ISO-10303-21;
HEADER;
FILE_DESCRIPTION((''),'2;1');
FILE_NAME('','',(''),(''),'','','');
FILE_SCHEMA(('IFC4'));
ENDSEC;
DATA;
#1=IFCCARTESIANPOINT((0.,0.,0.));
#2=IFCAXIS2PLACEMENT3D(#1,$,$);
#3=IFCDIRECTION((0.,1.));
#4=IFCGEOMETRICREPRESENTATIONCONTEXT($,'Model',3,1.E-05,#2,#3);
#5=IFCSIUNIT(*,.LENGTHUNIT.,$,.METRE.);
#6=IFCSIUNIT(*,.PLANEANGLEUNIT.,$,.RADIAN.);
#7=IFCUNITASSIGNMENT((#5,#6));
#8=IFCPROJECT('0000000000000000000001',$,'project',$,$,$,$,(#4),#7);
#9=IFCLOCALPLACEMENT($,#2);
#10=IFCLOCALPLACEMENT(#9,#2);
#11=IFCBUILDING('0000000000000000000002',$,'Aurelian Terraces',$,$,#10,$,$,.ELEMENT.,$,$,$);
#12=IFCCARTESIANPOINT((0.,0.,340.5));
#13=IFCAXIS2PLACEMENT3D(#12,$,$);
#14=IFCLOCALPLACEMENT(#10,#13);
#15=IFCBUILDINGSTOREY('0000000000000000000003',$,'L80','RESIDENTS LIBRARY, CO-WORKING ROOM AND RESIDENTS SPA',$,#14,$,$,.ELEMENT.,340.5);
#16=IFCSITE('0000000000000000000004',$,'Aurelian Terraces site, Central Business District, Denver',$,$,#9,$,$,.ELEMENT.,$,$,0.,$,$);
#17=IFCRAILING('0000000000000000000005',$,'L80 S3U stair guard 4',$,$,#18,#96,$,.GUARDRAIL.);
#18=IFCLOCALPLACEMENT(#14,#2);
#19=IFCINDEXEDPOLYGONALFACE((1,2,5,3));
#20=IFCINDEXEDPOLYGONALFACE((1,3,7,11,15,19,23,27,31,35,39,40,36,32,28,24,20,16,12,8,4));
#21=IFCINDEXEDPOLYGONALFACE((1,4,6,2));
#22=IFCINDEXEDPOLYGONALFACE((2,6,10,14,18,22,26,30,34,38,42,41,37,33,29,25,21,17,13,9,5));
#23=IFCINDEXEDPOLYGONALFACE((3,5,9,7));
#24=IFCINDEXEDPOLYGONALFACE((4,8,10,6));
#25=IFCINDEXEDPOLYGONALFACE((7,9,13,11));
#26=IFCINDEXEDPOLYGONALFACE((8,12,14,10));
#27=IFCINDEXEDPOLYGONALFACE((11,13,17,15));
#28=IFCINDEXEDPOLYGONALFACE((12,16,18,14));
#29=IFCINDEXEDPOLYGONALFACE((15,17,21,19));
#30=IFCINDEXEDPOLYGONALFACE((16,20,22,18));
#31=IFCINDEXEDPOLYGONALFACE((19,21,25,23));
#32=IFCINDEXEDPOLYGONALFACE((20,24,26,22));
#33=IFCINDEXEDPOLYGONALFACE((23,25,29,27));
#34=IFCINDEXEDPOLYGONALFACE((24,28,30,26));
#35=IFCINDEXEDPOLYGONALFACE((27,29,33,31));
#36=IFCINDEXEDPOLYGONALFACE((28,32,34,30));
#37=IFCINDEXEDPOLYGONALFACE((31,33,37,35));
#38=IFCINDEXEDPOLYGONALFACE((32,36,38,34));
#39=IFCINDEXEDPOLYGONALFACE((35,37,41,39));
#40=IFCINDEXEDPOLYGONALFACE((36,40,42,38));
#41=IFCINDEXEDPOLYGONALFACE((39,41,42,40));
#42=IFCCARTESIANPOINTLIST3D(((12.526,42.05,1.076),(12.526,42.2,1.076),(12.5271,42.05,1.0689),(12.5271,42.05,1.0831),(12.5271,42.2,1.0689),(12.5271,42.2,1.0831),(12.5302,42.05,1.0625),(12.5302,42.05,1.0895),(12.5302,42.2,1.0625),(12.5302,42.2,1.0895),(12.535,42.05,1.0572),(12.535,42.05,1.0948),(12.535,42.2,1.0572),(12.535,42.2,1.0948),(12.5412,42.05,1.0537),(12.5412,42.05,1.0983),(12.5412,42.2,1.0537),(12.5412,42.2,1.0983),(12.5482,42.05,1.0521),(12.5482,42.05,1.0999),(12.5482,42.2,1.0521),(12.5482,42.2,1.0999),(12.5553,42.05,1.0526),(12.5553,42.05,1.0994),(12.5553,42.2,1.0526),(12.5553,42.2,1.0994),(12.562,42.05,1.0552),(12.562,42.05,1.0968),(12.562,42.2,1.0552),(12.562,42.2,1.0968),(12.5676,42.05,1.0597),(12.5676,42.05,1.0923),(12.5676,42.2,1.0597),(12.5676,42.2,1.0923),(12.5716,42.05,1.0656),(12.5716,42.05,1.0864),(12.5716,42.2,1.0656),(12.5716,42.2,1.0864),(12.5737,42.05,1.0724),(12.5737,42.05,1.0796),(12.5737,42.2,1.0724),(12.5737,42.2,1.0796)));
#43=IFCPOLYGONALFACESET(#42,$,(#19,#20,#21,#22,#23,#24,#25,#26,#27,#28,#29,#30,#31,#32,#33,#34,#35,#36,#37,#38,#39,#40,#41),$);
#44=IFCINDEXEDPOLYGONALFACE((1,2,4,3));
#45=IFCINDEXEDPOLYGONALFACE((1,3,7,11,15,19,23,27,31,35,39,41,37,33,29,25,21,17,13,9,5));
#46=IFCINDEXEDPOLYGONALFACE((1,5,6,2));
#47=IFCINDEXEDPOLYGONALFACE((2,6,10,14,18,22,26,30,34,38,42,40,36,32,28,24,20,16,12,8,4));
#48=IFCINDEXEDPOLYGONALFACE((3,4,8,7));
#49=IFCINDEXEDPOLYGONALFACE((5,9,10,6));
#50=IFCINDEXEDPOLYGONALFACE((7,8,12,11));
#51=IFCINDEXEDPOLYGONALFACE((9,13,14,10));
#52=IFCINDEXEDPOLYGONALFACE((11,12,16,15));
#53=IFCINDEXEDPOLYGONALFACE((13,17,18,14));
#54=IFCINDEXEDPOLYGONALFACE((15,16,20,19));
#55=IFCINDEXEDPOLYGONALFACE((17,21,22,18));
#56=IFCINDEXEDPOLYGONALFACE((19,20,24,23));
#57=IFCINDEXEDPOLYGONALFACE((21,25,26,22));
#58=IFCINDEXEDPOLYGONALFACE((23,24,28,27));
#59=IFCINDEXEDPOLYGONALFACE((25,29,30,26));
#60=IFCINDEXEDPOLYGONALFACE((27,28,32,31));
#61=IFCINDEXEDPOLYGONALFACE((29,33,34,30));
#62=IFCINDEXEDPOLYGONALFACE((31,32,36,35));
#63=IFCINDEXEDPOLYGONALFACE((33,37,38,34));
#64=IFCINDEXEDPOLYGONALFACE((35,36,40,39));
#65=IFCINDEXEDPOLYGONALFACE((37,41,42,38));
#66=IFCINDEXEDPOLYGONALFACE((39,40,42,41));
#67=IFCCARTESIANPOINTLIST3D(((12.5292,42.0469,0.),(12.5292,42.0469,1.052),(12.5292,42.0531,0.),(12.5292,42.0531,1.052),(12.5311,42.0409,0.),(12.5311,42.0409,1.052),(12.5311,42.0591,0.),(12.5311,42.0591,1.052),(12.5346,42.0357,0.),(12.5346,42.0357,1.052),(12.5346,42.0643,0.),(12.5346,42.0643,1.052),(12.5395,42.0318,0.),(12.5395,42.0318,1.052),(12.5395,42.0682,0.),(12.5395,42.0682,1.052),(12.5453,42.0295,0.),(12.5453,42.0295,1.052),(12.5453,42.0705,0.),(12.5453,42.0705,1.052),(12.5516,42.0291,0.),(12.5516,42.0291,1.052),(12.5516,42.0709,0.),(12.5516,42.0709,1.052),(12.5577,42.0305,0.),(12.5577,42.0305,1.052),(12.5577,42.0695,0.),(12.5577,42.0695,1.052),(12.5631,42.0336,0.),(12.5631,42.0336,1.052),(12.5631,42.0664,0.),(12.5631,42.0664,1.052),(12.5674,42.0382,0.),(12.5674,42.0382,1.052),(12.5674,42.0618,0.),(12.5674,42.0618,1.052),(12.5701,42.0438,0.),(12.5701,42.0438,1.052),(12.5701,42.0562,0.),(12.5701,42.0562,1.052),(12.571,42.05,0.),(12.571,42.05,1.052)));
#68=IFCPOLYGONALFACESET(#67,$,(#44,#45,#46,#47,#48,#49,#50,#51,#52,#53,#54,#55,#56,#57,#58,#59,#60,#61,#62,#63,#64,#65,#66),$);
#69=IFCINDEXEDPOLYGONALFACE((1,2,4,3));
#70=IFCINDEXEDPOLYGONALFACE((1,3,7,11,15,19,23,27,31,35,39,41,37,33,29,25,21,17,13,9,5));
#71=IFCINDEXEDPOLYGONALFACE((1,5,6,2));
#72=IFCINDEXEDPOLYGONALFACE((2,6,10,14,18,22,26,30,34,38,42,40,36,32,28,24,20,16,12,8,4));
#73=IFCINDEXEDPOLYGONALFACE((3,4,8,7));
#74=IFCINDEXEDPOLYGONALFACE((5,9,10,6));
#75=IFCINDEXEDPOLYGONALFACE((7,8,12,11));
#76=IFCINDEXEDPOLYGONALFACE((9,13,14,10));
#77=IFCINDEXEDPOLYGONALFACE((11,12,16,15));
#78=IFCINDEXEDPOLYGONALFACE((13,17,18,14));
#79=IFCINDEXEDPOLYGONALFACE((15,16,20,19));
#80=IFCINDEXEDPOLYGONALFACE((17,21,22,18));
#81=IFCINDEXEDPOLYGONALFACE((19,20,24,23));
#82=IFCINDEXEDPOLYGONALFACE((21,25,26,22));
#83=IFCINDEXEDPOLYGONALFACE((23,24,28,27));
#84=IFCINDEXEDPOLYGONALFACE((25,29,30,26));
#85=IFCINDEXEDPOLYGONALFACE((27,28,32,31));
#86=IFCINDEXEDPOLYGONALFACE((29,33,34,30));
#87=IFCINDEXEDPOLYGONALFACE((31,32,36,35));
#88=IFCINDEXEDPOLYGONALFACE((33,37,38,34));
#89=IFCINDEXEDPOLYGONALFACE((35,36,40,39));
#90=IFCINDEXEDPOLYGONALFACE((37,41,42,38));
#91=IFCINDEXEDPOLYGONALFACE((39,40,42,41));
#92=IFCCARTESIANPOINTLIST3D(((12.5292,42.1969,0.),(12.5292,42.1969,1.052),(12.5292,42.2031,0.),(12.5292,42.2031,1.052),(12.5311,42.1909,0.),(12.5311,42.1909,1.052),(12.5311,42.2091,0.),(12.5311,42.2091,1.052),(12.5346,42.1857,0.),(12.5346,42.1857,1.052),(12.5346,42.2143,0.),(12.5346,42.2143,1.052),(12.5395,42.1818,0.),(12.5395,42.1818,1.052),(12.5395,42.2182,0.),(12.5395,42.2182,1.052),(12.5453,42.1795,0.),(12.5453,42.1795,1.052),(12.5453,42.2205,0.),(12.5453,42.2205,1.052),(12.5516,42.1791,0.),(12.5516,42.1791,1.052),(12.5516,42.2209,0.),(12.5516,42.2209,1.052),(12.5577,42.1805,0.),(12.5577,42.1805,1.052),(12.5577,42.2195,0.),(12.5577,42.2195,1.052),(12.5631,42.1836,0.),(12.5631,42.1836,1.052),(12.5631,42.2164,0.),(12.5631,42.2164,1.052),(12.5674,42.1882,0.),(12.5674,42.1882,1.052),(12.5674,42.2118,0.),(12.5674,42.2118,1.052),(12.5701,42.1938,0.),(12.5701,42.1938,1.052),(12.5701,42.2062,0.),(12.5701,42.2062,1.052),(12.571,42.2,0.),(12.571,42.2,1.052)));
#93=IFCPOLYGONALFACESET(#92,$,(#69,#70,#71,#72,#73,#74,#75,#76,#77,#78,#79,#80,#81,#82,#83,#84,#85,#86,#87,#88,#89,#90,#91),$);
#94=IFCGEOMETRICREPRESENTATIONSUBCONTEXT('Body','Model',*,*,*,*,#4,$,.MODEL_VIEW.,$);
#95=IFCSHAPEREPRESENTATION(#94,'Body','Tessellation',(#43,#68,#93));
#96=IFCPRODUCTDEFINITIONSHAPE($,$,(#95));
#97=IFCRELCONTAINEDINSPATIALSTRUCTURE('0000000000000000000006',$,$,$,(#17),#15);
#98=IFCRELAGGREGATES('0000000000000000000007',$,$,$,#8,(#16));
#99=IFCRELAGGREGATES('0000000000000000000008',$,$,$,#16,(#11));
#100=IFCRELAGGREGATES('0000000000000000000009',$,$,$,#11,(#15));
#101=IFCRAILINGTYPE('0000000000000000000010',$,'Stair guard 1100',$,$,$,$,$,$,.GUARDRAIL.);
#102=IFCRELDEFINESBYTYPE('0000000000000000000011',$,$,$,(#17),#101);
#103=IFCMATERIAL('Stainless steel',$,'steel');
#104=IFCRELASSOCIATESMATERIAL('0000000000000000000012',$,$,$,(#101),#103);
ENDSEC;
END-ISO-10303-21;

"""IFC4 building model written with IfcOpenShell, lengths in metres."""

from ifc_helpers import new_model, si_unit, direction, frame, origin, origin_2d, place, context, subcontext, project, spatial, circle, extrude, source, transform, mapped, material, type_object, element, save


model = new_model("IFC4")

# Units and contexts
model_context = context("Model", 3, precision=1e-05, world=origin(), true_north=direction((0.0, 1.0)))
body_context = subcontext(model_context, "Body", "Model", "MODEL_VIEW")
ifc_project = project(units=[si_unit("LENGTHUNIT", "METRE"), si_unit("PLANEANGLEUNIT", "RADIAN")], contexts=[model_context])

# Site, building, storey
site_placement = place(None, origin())
site = spatial("IfcSite", under=ifc_project, at=site_placement, Name="Aurelian Terraces site, Central Business District, Denver", CompositionType="ELEMENT", RefElevation=0.0)
building_placement = place(site_placement, origin())
building = spatial("IfcBuilding", under=site, at=building_placement, Name="Aurelian Terraces", CompositionType="ELEMENT")
storey_placement = place(building_placement, frame((0.0, 0.0, 340.5)))
storey = spatial("IfcBuildingStorey", under=building, at=storey_placement, Name="L80", Description="RESIDENTS LIBRARY, CO-WORKING ROOM AND RESIDENTS SPA", CompositionType="ELEMENT", Elevation=340.5)

# Railing
ifc_material_1 = material(Name="Stainless steel", Category="steel")
railing_type_1 = type_object("IfcRailingType", Name="Stair guard 1100", PredefinedType="GUARDRAIL", material=ifc_material_1)
shared_shape_1 = source(origin(), body_context, "Body", "SweptSolid", [
    extrude(circle(Radius=0.024, at=origin_2d()), frame((0.0, 0.0, 1.076), z_axis=(0.0, 1.0, 0.0), x_axis=(-1.0, 0.0, 0.0)), (0.0, 0.0, 1.0), 0.15),
    extrude(circle(Radius=0.021, at=origin_2d()), origin(), (0.0, 0.0, 1.0), 1.052),
    extrude(circle(Radius=0.021, at=origin_2d()), frame((0.0, 0.15, 0.0)), (0.0, 0.0, 1.0), 1.052),
])
for number, where, name in (
    (1, (12.55, 42.05, 0.0), "L80 S3U stair guard 4"),
):
    element("IfcRailing", number, at=place(storey_placement, frame(where)), inside=storey, type_object=railing_type_1, Name=name, PredefinedType="GUARDRAIL", context=body_context, shape_type="MappedRepresentation", body=[
        mapped(shared_shape_1, transform((0.0, 0.0, 0.0), scale=1.0)),
    ])

save(model, "model.ifc")
